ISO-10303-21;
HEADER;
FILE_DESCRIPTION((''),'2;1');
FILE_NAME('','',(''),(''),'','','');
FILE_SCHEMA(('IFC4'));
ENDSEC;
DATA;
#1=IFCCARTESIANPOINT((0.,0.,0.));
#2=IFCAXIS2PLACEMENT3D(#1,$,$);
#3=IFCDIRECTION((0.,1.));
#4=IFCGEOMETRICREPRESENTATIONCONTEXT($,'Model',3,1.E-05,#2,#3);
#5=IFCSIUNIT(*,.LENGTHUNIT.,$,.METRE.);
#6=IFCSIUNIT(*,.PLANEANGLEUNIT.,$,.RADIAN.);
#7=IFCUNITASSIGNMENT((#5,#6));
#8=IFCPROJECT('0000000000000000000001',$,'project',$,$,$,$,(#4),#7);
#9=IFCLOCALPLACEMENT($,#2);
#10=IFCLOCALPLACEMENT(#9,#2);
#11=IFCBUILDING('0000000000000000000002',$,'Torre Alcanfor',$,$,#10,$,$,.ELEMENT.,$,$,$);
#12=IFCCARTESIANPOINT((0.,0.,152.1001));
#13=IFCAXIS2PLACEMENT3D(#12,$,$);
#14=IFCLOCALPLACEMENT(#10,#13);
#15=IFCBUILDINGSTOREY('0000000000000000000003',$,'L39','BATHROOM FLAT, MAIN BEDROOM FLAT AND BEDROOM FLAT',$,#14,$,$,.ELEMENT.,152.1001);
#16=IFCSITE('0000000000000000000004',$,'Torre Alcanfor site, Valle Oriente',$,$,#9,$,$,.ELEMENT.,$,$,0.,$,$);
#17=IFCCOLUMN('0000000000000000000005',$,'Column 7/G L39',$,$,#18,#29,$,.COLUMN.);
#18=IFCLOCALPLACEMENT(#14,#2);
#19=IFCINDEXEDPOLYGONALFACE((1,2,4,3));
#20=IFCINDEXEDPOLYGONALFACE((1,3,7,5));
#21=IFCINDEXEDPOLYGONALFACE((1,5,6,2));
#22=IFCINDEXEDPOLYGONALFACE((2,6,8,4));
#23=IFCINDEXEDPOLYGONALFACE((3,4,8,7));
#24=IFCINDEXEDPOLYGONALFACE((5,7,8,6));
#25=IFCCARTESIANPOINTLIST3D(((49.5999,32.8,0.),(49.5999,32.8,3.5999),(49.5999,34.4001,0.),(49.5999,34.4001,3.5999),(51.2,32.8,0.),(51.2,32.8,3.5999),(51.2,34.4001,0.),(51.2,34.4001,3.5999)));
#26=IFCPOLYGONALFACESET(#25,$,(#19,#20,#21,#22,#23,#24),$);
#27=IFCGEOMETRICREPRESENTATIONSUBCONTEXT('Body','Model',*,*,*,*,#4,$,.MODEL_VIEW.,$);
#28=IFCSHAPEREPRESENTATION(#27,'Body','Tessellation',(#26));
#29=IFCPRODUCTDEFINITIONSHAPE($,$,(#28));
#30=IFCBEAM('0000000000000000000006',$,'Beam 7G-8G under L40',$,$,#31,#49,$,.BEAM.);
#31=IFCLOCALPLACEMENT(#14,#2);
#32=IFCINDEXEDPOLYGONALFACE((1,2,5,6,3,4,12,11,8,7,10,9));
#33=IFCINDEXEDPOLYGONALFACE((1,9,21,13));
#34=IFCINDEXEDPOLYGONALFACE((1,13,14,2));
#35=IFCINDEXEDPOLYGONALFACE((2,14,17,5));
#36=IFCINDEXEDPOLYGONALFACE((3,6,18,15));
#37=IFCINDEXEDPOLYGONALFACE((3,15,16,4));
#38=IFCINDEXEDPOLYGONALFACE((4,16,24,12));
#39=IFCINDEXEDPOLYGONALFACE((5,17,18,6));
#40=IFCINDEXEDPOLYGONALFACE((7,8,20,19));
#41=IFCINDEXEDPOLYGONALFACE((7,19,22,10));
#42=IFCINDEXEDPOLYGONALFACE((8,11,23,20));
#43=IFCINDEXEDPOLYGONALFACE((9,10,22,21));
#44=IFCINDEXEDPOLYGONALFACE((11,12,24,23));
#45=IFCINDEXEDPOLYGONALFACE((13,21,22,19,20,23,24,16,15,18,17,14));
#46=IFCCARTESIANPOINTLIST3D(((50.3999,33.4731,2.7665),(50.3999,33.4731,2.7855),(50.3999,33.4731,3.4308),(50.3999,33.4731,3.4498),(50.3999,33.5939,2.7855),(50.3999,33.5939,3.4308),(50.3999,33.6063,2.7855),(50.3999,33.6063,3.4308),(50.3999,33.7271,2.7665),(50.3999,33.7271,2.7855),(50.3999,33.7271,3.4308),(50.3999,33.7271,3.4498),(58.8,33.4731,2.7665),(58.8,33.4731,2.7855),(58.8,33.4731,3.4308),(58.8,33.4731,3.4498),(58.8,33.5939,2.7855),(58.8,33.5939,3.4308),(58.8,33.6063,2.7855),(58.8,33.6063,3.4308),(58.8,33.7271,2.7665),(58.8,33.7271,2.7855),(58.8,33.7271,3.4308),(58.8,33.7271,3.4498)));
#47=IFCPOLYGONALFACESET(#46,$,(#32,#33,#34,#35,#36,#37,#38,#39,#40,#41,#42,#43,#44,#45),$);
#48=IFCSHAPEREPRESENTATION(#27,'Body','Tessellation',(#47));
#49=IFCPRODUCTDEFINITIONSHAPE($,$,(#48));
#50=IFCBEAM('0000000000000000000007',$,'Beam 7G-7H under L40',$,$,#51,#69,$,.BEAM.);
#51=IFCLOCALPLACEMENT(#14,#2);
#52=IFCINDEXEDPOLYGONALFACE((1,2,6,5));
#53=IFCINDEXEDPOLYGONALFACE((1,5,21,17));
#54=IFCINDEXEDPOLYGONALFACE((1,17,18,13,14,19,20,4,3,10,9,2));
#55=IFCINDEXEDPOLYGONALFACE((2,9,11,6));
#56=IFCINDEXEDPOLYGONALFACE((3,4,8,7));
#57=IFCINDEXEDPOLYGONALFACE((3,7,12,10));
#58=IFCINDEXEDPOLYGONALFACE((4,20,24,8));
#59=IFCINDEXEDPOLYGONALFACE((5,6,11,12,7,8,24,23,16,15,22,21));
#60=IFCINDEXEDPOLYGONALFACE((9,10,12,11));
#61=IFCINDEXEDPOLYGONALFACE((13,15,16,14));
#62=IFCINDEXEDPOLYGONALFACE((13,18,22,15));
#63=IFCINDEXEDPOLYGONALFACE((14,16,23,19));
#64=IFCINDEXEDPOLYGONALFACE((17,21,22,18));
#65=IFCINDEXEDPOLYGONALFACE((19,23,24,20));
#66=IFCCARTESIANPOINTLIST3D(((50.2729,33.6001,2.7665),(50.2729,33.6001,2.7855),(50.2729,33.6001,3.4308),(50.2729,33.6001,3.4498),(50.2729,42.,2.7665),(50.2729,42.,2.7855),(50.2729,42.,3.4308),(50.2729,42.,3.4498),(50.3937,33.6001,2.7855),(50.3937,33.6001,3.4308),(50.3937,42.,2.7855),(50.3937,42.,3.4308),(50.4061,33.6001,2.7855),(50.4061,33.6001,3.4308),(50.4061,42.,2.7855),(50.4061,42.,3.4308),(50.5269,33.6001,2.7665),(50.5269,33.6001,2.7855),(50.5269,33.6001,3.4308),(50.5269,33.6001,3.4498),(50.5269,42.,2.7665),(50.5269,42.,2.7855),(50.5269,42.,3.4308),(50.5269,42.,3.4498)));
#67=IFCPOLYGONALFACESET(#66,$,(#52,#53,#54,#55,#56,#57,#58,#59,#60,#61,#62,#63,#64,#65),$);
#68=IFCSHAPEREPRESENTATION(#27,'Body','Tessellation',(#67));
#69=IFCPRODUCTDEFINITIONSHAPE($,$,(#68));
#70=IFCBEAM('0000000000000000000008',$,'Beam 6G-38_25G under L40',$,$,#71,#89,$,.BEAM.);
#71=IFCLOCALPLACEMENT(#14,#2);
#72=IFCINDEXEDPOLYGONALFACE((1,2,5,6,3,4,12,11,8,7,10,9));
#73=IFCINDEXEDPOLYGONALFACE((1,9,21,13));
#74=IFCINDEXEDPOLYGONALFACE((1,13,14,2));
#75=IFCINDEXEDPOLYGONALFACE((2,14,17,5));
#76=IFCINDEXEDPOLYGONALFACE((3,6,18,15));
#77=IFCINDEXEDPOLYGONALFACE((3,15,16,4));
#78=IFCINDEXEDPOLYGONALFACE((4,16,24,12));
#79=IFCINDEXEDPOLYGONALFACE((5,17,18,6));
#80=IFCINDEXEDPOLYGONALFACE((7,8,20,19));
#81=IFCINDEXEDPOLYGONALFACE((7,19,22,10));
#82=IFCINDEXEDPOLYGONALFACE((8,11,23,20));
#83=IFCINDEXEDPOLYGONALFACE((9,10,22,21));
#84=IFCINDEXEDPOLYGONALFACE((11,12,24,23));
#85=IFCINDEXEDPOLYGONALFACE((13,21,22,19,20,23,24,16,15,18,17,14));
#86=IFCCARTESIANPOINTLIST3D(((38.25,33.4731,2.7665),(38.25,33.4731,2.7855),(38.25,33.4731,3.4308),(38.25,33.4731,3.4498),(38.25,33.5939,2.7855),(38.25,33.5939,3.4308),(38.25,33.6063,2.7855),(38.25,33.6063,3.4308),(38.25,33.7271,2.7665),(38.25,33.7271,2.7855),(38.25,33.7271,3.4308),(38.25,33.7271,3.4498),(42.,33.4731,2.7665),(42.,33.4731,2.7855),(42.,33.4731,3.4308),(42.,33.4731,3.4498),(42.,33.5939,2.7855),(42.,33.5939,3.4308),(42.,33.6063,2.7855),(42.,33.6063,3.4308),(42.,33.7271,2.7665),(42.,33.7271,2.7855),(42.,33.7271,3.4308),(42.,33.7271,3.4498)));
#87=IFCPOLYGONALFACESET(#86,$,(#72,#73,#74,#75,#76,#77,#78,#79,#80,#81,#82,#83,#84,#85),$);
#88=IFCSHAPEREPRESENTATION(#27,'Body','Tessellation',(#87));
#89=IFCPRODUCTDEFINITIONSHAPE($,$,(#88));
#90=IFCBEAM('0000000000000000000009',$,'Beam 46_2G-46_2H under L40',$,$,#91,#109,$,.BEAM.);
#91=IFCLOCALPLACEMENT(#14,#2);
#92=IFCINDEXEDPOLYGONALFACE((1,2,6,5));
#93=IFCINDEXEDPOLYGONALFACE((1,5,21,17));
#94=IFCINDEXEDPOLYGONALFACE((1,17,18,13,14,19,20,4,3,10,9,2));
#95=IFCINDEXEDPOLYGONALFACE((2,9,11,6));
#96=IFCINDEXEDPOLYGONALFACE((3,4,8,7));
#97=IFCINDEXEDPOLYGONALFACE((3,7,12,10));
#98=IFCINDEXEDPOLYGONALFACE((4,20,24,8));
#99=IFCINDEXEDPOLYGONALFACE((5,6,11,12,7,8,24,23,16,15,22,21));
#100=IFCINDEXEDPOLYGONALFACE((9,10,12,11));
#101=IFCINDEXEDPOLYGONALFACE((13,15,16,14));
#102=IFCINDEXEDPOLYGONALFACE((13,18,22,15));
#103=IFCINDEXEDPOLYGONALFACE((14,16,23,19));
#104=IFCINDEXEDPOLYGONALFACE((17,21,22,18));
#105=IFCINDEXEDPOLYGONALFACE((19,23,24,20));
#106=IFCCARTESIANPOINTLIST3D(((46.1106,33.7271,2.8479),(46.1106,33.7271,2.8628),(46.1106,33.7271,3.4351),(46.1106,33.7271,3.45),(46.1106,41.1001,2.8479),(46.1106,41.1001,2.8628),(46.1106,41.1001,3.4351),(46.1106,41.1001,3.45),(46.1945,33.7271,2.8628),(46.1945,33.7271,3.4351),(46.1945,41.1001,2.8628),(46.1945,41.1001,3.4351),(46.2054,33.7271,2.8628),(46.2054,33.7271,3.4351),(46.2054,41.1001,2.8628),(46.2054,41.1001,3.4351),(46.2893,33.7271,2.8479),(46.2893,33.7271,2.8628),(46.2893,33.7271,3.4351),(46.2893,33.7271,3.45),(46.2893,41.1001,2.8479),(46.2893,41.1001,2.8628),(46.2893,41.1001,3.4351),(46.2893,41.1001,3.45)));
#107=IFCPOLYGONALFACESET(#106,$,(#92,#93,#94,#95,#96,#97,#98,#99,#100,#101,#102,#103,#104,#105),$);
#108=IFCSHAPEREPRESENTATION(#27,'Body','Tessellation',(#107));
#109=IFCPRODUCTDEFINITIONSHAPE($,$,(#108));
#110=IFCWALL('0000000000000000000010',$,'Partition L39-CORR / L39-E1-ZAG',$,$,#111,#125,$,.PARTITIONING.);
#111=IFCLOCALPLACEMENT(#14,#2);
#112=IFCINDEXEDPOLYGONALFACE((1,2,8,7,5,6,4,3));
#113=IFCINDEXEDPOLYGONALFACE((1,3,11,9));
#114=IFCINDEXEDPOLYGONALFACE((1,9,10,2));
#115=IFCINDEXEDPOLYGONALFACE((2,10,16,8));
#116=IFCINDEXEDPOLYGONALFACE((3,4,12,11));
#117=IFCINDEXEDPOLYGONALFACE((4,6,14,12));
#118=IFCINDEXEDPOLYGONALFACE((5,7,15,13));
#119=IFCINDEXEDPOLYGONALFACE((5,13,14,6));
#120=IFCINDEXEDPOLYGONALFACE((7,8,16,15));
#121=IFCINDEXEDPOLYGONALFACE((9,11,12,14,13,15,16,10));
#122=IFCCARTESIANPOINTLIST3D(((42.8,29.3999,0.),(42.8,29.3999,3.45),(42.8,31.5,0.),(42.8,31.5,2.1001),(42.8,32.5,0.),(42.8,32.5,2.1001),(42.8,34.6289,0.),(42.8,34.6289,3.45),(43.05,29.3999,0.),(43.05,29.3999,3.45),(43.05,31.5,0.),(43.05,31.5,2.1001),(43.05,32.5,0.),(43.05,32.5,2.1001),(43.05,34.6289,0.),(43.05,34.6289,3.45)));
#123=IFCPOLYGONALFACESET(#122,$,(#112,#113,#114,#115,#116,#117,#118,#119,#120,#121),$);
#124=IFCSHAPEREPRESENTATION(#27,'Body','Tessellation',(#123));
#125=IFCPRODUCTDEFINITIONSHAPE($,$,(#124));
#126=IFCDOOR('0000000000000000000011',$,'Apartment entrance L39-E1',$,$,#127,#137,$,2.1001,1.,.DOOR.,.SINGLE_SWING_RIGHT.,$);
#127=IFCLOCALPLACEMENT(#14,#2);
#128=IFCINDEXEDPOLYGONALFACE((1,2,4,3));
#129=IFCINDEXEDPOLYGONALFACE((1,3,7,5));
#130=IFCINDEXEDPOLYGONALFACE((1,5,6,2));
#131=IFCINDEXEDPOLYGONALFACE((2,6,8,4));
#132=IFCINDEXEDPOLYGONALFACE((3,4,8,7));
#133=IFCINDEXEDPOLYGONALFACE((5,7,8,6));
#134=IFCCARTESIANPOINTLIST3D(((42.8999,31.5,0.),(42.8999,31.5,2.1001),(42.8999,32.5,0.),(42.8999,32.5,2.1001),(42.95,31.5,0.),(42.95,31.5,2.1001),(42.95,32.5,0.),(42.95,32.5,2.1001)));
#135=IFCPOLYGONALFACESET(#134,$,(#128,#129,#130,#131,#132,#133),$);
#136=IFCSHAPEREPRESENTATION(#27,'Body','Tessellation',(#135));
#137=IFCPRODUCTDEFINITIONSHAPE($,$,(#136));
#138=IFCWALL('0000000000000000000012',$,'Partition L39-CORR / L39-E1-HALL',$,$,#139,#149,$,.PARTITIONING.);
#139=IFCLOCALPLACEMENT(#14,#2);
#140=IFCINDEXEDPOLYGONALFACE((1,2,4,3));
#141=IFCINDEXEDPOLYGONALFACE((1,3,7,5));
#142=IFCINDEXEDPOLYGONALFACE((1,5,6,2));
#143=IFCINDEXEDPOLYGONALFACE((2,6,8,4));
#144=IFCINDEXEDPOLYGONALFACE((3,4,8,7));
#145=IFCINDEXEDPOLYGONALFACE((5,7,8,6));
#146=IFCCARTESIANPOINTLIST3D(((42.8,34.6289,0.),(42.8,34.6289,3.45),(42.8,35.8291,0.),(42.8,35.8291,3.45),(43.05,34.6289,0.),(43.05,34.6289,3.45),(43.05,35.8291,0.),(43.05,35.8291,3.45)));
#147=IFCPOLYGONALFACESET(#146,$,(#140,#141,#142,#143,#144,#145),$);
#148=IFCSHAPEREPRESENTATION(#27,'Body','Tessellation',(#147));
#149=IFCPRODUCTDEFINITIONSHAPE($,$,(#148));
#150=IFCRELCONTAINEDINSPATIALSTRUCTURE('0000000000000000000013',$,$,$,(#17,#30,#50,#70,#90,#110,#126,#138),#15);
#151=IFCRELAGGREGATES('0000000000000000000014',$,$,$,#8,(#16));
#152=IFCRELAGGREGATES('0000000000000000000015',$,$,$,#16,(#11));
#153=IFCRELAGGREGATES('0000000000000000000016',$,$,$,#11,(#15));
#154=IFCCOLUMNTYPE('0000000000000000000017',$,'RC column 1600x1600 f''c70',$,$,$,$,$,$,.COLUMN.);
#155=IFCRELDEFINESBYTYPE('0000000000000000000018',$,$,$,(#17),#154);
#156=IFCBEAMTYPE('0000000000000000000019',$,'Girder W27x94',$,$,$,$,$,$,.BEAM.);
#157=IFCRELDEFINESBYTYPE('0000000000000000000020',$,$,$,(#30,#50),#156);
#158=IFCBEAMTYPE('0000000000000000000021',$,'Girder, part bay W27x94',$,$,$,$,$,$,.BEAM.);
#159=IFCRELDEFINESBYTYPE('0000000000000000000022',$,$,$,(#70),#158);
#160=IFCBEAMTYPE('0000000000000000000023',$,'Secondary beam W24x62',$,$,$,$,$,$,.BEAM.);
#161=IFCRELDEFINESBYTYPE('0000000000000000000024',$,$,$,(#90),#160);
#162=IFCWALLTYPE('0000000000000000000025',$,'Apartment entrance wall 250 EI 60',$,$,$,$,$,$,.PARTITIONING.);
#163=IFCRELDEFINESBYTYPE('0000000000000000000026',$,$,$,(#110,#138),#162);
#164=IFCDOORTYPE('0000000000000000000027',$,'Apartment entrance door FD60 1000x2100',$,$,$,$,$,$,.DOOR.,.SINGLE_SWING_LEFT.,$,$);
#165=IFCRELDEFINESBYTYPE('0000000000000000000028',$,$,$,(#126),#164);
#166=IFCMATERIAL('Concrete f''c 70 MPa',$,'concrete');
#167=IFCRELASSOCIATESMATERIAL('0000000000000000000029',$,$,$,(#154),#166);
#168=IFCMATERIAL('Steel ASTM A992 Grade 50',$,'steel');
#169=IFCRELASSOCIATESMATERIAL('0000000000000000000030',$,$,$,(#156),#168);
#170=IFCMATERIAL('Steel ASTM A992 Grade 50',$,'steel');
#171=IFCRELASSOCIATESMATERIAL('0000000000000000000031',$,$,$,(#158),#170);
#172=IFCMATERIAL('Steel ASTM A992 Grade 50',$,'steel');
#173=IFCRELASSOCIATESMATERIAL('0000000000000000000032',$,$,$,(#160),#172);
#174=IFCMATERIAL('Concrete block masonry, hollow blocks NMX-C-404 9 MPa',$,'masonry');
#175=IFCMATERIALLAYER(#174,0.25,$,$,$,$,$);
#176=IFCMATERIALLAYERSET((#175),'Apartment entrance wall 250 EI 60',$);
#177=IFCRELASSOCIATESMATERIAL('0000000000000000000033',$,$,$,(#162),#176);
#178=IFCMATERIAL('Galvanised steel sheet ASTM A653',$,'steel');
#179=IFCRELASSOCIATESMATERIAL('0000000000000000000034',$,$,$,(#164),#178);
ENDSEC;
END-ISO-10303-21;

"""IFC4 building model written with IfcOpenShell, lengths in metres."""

from ifc_helpers import new_model, si_unit, direction, frame, frame_2d, origin, origin_2d, place, context, subcontext, project, spatial, rectangle, i_section, extrude, material, layer, layer_set, material_profile, profile_set, type_object, element, fill, save


model = new_model("IFC4")

# Units and contexts
model_context = context("Model", 3, precision=1e-05, world=origin(), true_north=direction((0.0, 1.0)))
body_context = subcontext(model_context, "Body", "Model", "MODEL_VIEW")
ifc_project = project(units=[si_unit("LENGTHUNIT", "METRE"), si_unit("PLANEANGLEUNIT", "RADIAN")], contexts=[model_context])

# Site, building, storey
site_placement = place(None, origin())
site = spatial("IfcSite", under=ifc_project, at=site_placement, Name="Torre Alcanfor site, Valle Oriente", CompositionType="ELEMENT", RefElevation=0.0)
building_placement = place(site_placement, origin())
building = spatial("IfcBuilding", under=site, at=building_placement, Name="Torre Alcanfor", CompositionType="ELEMENT")
storey_placement = place(building_placement, frame((0.0, 0.0, 152.1001)))
storey = spatial("IfcBuildingStorey", under=building, at=storey_placement, Name="L39", Description="BATHROOM FLAT, MAIN BEDROOM FLAT AND BEDROOM FLAT", CompositionType="ELEMENT", Elevation=152.1001)

# Column
ifc_material_1 = material(Name="Concrete f'c 70 MPa", Category="concrete")
ifc_material_profile_1 = material_profile(ifc_material_1, rectangle(XDim=1.6001, YDim=1.6001, at=origin_2d()), Name="1600x1600")
ifc_profile_set_1 = profile_set([ifc_material_profile_1], Name="Concrete f'c 70 MPa")
column_type = type_object("IfcColumnType", Name="RC column 1600x1600 f'c70", PredefinedType="COLUMN", material=ifc_profile_set_1)
column_placement = place(storey_placement, frame((50.3999, 33.6001, 0.0), z_axis=(0.0, 0.0, 1.0), x_axis=(1.0, 0.0, 0.0)))
element("IfcColumn", 1, at=column_placement, inside=storey, type_object=column_type, Name="Column 7/G L39", PredefinedType="COLUMN", context=body_context, shape_type="SweptSolid", body=[
    extrude(rectangle(XDim=1.6001, YDim=1.6001, at=origin_2d()), origin(), (0.0, 0.0, 1.0), 3.5999),
])

# Beams
ifc_material_2 = material(Name="Steel ASTM A992 Grade 50", Category="steel")
ifc_material_profile_2 = material_profile(ifc_material_2, i_section(OverallWidth=0.2539, OverallDepth=0.6833, WebThickness=0.0125, FlangeThickness=0.019, at=origin_2d()), Name="W27x94")
ifc_profile_set_2 = profile_set([ifc_material_profile_2], Name="Steel ASTM A992 Grade 50")
beam_type_1 = type_object("IfcBeamType", Name="Girder W27x94", PredefinedType="BEAM", material=ifc_profile_set_2)
beam_1_placement = place(storey_placement, frame((50.3999, 33.6001, 3.1082), z_axis=(1.0, 0.0, 0.0), x_axis=(0.0, 1.0, 0.0)))
element("IfcBeam", 2, at=beam_1_placement, inside=storey, type_object=beam_type_1, Name="Beam 7G-8G under L40", PredefinedType="BEAM", context=body_context, shape_type="SweptSolid", body=[
    extrude(i_section(OverallWidth=0.2539, OverallDepth=0.6833, WebThickness=0.0125, FlangeThickness=0.019, at=origin_2d()), origin(), (0.0, 0.0, 1.0), 8.4001),
])
beam_2_placement = place(storey_placement, frame((50.3999, 33.6001, 3.1082), z_axis=(0.0, 1.0, 0.0), x_axis=(-1.0, 0.0, 0.0)))
element("IfcBeam", 3, at=beam_2_placement, inside=storey, type_object=beam_type_1, Name="Beam 7G-7H under L40", PredefinedType="BEAM", context=body_context, shape_type="SweptSolid", body=[
    extrude(i_section(OverallWidth=0.2539, OverallDepth=0.6833, WebThickness=0.0125, FlangeThickness=0.019, at=origin_2d()), origin(), (0.0, 0.0, 1.0), 8.3999),
])
ifc_material_3 = material(Name="Steel ASTM A992 Grade 50", Category="steel")
ifc_material_profile_3 = material_profile(ifc_material_3, i_section(OverallWidth=0.2539, OverallDepth=0.6833, WebThickness=0.0125, FlangeThickness=0.019, at=origin_2d()), Name="W27x94")
ifc_profile_set_3 = profile_set([ifc_material_profile_3], Name="Steel ASTM A992 Grade 50")
beam_type_2 = type_object("IfcBeamType", Name="Girder, part bay W27x94", PredefinedType="BEAM", material=ifc_profile_set_3)
beam_3_placement = place(storey_placement, frame((42.0, 33.6001, 3.1082), z_axis=(-1.0, 0.0, 0.0), x_axis=(0.0, -1.0, 0.0)))
element("IfcBeam", 4, at=beam_3_placement, inside=storey, type_object=beam_type_2, Name="Beam 6G-38_25G under L40", PredefinedType="BEAM", context=body_context, shape_type="SweptSolid", body=[
    extrude(i_section(OverallWidth=0.2539, OverallDepth=0.6833, WebThickness=0.0125, FlangeThickness=0.019, at=origin_2d()), origin(), (0.0, 0.0, 1.0), 3.75),
])
ifc_material_4 = material(Name="Steel ASTM A992 Grade 50", Category="steel")
ifc_material_profile_4 = material_profile(ifc_material_4, i_section(OverallWidth=0.1787, OverallDepth=0.6021, WebThickness=0.011, FlangeThickness=0.0149, at=origin_2d()), Name="W24x62")
ifc_profile_set_4 = profile_set([ifc_material_profile_4], Name="Steel ASTM A992 Grade 50")
beam_type_3 = type_object("IfcBeamType", Name="Secondary beam W24x62", PredefinedType="BEAM", material=ifc_profile_set_4)
beam_4_placement = place(storey_placement, frame((46.2, 33.7271, 3.1489), z_axis=(0.0, 1.0, 0.0), x_axis=(-1.0, 0.0, 0.0)))
element("IfcBeam", 5, at=beam_4_placement, inside=storey, type_object=beam_type_3, Name="Beam 46_2G-46_2H under L40", PredefinedType="BEAM", context=body_context, shape_type="SweptSolid", body=[
    extrude(i_section(OverallWidth=0.1787, OverallDepth=0.6021, WebThickness=0.011, FlangeThickness=0.0149, at=origin_2d()), origin(), (0.0, 0.0, 1.0), 7.373),
])

# Wall, opening, door
ifc_material_5 = material(Name="Concrete block masonry, hollow blocks NMX-C-404 9 MPa", Category="masonry")
ifc_layer_1 = layer(ifc_material_5, 0.25)
ifc_layer_set_1 = layer_set([ifc_layer_1], Name="Apartment entrance wall 250 EI 60")
wall_type_1 = type_object("IfcWallType", Name="Apartment entrance wall 250 EI 60", PredefinedType="PARTITIONING", material=ifc_layer_set_1)
wall_1_placement = place(storey_placement, frame((42.925, 34.6289, 0.0), z_axis=(0.0, 0.0, 1.0), x_axis=(0.0, -1.0, 0.0)))
wall_1 = element("IfcWall", 6, at=wall_1_placement, inside=storey, type_object=wall_type_1, Name="Partition L39-CORR / L39-E1-ZAG", PredefinedType="PARTITIONING", context=body_context, shape_type="SweptSolid", body=[
    extrude(rectangle(XDim=5.229, YDim=0.25, at=frame_2d((2.6145, 0.0))), origin(), (0.0, 0.0, 1.0), 3.45),
])
opening_1_placement = place(wall_1_placement, frame((2.1289, 0.0, 0.0)))
opening_1 = element("IfcOpeningElement", 7, at=opening_1_placement, cuts=wall_1, PredefinedType="OPENING", context=body_context, shape_type="SweptSolid", body=[
    extrude(rectangle(XDim=1.0, YDim=2.1001, at=frame_2d((0.5, 1.05))), frame((0.0, 0.135, 0.0), z_axis=(0.0, -1.0, 0.0), x_axis=(1.0, 0.0, 0.0)), (0.0, 0.0, 1.0), 0.27),
])
ifc_material_6 = material(Name="Galvanised steel sheet ASTM A653", Category="steel")
door_type_1 = type_object("IfcDoorType", Name="Apartment entrance door FD60 1000x2100", OperationType="SINGLE_SWING_LEFT", PredefinedType="DOOR", material=ifc_material_6)
door_1_placement = place(opening_1_placement, origin())
door_1 = element("IfcDoor", 8, at=door_1_placement, inside=storey, type_object=door_type_1, Name="Apartment entrance L39-E1", OperationType="SINGLE_SWING_RIGHT", OverallHeight=2.1001, OverallWidth=1.0, PredefinedType="DOOR", context=body_context, shape_type="SweptSolid", body=[
    extrude(rectangle(XDim=1.0, YDim=2.1001, at=frame_2d((0.5, 1.05))), frame((0.0, 0.0249, 0.0), z_axis=(0.0, -1.0, 0.0), x_axis=(1.0, 0.0, 0.0)), (0.0, 0.0, 1.0), 0.05),
])
fill(opening_1, door_1)

# Wall
wall_2_placement = place(storey_placement, frame((42.925, 35.8291, 0.0), z_axis=(0.0, 0.0, 1.0), x_axis=(0.0, -1.0, 0.0)))
element("IfcWall", 9, at=wall_2_placement, inside=storey, type_object=wall_type_1, Name="Partition L39-CORR / L39-E1-HALL", PredefinedType="PARTITIONING", context=body_context, shape_type="SweptSolid", body=[
    extrude(rectangle(XDim=1.2002, YDim=0.25, at=frame_2d((0.6001, 0.0))), origin(), (0.0, 0.0, 1.0), 3.45),
])

save(model, "model.ifc")
